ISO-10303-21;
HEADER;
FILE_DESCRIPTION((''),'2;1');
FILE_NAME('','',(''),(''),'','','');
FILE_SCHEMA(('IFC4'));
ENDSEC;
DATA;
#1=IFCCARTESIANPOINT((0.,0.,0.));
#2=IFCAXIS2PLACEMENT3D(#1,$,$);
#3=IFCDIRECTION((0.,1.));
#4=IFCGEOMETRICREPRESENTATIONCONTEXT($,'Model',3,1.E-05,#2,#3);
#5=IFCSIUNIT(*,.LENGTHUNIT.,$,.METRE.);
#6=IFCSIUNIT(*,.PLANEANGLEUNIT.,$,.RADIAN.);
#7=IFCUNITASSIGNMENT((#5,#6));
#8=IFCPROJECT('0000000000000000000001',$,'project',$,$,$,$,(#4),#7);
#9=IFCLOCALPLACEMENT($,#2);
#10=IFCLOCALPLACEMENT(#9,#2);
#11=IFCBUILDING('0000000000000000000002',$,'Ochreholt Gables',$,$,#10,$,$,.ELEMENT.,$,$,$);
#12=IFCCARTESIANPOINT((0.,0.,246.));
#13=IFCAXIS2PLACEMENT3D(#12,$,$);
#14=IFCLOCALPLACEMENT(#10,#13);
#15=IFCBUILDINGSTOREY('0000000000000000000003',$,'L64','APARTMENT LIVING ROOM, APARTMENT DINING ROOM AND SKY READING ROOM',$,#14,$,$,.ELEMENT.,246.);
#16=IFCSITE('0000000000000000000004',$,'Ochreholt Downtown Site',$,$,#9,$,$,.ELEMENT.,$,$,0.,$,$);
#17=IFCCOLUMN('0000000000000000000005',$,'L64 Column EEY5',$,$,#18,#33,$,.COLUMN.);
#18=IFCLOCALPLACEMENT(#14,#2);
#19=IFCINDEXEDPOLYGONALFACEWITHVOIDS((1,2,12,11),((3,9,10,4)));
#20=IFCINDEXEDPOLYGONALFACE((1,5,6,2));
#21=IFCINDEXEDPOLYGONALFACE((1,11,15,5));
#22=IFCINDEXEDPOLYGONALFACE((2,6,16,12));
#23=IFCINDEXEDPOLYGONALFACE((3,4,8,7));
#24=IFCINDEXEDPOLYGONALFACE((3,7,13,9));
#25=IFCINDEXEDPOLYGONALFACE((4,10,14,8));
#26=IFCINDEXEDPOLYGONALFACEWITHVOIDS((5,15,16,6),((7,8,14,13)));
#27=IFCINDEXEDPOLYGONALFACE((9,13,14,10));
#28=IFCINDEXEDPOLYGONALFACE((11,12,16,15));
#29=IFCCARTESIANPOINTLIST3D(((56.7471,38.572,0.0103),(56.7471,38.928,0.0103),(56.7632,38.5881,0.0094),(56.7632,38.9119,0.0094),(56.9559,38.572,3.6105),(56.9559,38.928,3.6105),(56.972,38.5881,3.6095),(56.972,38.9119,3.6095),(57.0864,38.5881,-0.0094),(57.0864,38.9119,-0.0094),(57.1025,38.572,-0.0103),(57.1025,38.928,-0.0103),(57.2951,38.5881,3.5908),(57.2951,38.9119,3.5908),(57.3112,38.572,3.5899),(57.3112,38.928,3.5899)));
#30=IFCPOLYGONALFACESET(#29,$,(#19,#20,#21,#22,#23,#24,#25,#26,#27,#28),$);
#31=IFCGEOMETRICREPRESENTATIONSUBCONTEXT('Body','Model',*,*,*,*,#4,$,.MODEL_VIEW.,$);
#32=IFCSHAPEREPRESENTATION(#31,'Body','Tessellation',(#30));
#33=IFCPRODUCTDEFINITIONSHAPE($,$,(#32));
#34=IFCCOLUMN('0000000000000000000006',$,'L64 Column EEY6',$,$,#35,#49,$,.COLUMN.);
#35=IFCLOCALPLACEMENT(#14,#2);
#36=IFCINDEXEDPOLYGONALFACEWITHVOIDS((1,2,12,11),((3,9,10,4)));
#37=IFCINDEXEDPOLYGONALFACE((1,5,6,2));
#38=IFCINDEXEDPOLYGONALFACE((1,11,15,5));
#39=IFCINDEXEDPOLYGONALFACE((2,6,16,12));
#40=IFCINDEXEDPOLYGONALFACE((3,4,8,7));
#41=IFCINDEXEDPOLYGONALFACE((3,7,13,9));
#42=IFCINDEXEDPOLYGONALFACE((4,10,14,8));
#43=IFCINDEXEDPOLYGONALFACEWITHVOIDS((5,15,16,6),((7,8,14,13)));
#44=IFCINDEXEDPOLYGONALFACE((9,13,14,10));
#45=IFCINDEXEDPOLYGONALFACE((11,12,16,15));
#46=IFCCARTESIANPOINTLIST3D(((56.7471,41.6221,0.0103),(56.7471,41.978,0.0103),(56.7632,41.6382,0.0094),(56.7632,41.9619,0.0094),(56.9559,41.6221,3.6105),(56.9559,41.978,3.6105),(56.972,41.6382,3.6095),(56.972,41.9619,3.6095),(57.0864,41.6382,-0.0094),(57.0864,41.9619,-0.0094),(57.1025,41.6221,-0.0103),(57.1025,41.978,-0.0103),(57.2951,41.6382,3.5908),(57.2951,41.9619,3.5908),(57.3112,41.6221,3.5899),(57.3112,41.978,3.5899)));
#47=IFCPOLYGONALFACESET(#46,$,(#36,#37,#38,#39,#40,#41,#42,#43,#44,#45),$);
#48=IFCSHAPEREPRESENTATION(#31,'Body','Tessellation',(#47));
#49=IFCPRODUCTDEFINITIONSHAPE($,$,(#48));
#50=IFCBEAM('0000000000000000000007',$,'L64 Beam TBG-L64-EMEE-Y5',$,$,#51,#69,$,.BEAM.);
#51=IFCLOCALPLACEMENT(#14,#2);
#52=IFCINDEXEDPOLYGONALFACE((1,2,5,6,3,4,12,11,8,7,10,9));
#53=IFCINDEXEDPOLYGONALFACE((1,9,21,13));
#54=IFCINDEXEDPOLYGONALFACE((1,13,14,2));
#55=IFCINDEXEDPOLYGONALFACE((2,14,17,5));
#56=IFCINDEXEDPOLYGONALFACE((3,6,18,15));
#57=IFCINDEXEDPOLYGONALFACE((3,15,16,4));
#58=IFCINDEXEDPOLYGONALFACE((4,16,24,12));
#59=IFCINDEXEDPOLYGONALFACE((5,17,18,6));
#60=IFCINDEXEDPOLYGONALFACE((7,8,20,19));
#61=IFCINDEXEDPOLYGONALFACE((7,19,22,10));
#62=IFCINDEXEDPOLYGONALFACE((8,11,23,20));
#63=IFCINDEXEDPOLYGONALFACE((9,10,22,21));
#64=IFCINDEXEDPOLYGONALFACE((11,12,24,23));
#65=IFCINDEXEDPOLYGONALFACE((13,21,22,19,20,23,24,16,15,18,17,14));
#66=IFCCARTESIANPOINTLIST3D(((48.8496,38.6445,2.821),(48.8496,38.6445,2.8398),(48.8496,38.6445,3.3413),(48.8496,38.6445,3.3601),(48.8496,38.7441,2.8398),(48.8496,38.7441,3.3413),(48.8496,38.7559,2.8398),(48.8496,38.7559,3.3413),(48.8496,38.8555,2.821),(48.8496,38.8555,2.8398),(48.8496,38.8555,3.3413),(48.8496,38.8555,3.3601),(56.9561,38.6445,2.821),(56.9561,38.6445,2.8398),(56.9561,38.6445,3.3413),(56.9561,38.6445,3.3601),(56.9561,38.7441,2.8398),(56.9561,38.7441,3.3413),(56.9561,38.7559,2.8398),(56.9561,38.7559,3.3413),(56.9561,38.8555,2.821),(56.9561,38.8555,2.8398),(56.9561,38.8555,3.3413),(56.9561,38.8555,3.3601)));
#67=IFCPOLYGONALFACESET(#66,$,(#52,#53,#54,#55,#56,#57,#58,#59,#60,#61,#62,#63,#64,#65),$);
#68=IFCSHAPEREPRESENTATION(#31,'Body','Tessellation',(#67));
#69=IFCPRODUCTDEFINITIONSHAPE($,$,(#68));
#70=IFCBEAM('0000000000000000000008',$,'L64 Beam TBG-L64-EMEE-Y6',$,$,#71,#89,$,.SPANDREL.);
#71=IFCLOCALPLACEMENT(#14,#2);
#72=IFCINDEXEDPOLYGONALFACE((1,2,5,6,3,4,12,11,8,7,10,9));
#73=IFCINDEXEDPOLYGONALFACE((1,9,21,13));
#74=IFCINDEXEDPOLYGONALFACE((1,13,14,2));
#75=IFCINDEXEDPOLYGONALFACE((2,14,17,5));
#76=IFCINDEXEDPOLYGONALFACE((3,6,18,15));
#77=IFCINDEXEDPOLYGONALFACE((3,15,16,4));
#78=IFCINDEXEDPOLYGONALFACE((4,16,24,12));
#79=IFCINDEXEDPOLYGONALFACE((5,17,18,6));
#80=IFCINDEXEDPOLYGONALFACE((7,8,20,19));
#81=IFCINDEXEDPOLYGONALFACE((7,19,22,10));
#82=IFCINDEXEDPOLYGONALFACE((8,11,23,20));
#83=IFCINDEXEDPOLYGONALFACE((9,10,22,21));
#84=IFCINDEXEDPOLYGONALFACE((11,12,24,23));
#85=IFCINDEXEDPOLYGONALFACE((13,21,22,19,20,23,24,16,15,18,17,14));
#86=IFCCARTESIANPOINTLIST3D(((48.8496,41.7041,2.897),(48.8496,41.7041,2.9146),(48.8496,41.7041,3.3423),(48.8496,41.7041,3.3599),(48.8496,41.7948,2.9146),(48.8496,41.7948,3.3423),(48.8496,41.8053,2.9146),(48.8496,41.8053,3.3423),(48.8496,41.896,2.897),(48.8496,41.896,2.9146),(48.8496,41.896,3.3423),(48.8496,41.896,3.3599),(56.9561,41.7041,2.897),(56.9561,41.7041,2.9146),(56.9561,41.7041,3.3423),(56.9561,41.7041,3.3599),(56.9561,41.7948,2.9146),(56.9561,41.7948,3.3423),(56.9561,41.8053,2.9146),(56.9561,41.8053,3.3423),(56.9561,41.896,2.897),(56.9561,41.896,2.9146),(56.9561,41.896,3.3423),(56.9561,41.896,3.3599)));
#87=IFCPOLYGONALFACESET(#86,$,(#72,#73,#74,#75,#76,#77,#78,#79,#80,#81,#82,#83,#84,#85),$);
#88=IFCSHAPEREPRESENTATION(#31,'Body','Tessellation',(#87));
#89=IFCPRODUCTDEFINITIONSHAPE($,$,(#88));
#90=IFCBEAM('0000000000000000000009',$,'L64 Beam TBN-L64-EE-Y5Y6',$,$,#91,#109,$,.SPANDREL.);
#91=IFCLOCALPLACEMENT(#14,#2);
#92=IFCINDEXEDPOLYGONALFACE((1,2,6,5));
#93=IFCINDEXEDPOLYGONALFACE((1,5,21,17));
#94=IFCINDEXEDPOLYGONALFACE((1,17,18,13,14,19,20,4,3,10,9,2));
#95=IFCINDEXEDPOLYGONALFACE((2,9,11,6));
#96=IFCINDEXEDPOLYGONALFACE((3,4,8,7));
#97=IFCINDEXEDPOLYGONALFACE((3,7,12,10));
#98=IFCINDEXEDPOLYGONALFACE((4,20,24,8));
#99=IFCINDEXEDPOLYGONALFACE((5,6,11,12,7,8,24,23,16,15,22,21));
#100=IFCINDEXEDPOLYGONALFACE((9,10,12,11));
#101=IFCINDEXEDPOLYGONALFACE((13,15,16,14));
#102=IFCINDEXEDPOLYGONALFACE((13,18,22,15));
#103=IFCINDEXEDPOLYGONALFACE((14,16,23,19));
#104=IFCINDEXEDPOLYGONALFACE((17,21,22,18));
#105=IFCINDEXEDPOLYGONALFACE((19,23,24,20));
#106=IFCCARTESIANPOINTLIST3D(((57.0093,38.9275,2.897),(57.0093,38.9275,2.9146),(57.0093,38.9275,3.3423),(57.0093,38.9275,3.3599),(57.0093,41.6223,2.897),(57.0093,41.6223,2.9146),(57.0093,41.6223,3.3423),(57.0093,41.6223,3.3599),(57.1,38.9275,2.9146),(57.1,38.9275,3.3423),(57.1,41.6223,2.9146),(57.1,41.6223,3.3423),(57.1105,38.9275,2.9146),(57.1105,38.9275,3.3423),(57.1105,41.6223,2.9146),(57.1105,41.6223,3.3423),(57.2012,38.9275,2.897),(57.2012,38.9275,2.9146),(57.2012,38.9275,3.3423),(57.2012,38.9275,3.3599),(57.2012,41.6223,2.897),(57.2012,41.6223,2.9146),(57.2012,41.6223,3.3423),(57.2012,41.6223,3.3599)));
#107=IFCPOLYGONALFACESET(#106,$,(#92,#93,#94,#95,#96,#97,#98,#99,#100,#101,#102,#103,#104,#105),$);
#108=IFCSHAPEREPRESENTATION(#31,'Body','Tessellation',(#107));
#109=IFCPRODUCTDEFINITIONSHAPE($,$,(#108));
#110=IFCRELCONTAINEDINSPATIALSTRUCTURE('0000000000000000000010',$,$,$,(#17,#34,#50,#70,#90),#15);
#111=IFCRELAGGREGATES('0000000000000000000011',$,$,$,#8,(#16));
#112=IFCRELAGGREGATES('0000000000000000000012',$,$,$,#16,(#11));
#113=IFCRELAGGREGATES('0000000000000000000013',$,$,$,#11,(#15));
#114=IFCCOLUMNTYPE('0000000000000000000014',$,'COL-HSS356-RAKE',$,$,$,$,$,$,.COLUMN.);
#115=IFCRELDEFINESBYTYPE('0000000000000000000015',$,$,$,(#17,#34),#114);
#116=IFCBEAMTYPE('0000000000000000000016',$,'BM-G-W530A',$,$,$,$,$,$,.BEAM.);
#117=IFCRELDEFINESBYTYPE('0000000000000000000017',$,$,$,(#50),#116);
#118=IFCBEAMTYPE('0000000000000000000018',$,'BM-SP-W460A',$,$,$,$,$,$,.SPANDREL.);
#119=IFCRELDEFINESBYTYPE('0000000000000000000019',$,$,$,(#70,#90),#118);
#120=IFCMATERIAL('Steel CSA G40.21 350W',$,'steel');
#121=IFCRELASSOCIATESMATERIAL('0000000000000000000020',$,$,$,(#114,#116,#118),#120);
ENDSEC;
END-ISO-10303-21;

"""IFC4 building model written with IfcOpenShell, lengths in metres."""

from ifc_helpers import new_model, si_unit, direction, frame, origin, origin_2d, place, context, subcontext, project, spatial, hollow_rectangle, i_section, extrude, material, material_profile, profile_set, type_object, element, save


model = new_model("IFC4")

# Units and contexts
model_context = context("Model", 3, precision=1e-05, world=origin(), true_north=direction((0.0, 1.0)))
body_context = subcontext(model_context, "Body", "Model", "MODEL_VIEW")
ifc_project = project(units=[si_unit("LENGTHUNIT", "METRE"), si_unit("PLANEANGLEUNIT", "RADIAN")], contexts=[model_context])

# Site, building, storey
site_placement = place(None, origin())
site = spatial("IfcSite", under=ifc_project, at=site_placement, Name="Ochreholt Downtown Site", CompositionType="ELEMENT", RefElevation=0.0)
building_placement = place(site_placement, origin())
building = spatial("IfcBuilding", under=site, at=building_placement, Name="Ochreholt Gables", CompositionType="ELEMENT")
storey_placement = place(building_placement, frame((0.0, 0.0, 246.0)))
storey = spatial("IfcBuildingStorey", under=building, at=storey_placement, Name="L64", Description="APARTMENT LIVING ROOM, APARTMENT DINING ROOM AND SKY READING ROOM", CompositionType="ELEMENT", Elevation=246.0)

# Columns
ifc_material_1 = material(Name="Steel CSA G40.21 350W", Category="steel")
ifc_material_profile_1 = material_profile(ifc_material_1, hollow_rectangle(XDim=0.356, YDim=0.356, WallThickness=0.0161, at=origin_2d()), Name="HSS356X356X16")
ifc_profile_set_1 = profile_set([ifc_material_profile_1], Name="Steel CSA G40.21 350W")
column_type = type_object("IfcColumnType", Name="COL-HSS356-RAKE", PredefinedType="COLUMN", material=ifc_profile_set_1)
for number, where, z_axis, x_axis, name in (
    (1, (56.9248, 38.75, 0.0), (0.057885, 0.0, 0.998323), (0.0, 1.0, 0.0), "L64 Column EEY5"),
    (2, (56.9248, 41.8, 0.0), (0.057885, 0.0, 0.998323), (0.0, 1.0, 0.0), "L64 Column EEY6"),
):
    element("IfcColumn", number, at=place(storey_placement, frame(where, z_axis=z_axis, x_axis=x_axis)), inside=storey, type_object=column_type, Name=name, PredefinedType="COLUMN", context=body_context, shape_type="SweptSolid", body=[
        extrude(hollow_rectangle(XDim=0.356, YDim=0.356, WallThickness=0.0161, at=origin_2d()), origin(), (0.0, 0.0, 1.0), 3.6062),
    ])

# Beams
ifc_material_profile_2 = material_profile(ifc_material_1, i_section(OverallWidth=0.2109, OverallDepth=0.5391, WebThickness=0.0117, FlangeThickness=0.0188, at=origin_2d()), Name="W530X109")
ifc_profile_set_2 = profile_set([ifc_material_profile_2], Name="Steel CSA G40.21 350W")
beam_type_1 = type_object("IfcBeamType", Name="BM-G-W530A", PredefinedType="BEAM", material=ifc_profile_set_2)
beam_1_placement = place(storey_placement, frame((48.8496, 38.75, 3.0906), z_axis=(1.0, 0.0, 0.0), x_axis=(0.0, 1.0, 0.0)))
element("IfcBeam", 3, at=beam_1_placement, inside=storey, type_object=beam_type_1, Name="L64 Beam TBG-L64-EMEE-Y5", PredefinedType="BEAM", context=body_context, shape_type="SweptSolid", body=[
    extrude(i_section(OverallWidth=0.2109, OverallDepth=0.5391, WebThickness=0.0117, FlangeThickness=0.0188, at=origin_2d()), origin(), (0.0, 0.0, 1.0), 8.1064),
])
ifc_material_profile_3 = material_profile(ifc_material_1, i_section(OverallWidth=0.1919, OverallDepth=0.4629, WebThickness=0.0105, FlangeThickness=0.0176, at=origin_2d()), Name="W460X89")
ifc_profile_set_3 = profile_set([ifc_material_profile_3], Name="Steel CSA G40.21 350W")
beam_type_2 = type_object("IfcBeamType", Name="BM-SP-W460A", PredefinedType="SPANDREL", material=ifc_profile_set_3)
beam_2_placement = place(storey_placement, frame((48.8496, 41.8, 3.1284), z_axis=(1.0, 0.0, 0.0), x_axis=(0.0, 1.0, 0.0)))
element("IfcBeam", 4, at=beam_2_placement, inside=storey, type_object=beam_type_2, Name="L64 Beam TBG-L64-EMEE-Y6", PredefinedType="SPANDREL", context=body_context, shape_type="SweptSolid", body=[
    extrude(i_section(OverallWidth=0.1919, OverallDepth=0.4629, WebThickness=0.0105, FlangeThickness=0.0176, at=origin_2d()), origin(), (0.0, 0.0, 1.0), 8.1064),
])
beam_3_placement = place(storey_placement, frame((57.1052, 38.9275, 3.1284), z_axis=(0.0, 1.0, 0.0), x_axis=(-1.0, 0.0, 0.0)))
element("IfcBeam", 5, at=beam_3_placement, inside=storey, type_object=beam_type_2, Name="L64 Beam TBN-L64-EE-Y5Y6", PredefinedType="SPANDREL", context=body_context, shape_type="SweptSolid", body=[
    extrude(i_section(OverallWidth=0.1919, OverallDepth=0.4629, WebThickness=0.0105, FlangeThickness=0.0176, at=origin_2d()), origin(), (0.0, 0.0, 1.0), 2.6948),
])

save(model, "model.ifc")
